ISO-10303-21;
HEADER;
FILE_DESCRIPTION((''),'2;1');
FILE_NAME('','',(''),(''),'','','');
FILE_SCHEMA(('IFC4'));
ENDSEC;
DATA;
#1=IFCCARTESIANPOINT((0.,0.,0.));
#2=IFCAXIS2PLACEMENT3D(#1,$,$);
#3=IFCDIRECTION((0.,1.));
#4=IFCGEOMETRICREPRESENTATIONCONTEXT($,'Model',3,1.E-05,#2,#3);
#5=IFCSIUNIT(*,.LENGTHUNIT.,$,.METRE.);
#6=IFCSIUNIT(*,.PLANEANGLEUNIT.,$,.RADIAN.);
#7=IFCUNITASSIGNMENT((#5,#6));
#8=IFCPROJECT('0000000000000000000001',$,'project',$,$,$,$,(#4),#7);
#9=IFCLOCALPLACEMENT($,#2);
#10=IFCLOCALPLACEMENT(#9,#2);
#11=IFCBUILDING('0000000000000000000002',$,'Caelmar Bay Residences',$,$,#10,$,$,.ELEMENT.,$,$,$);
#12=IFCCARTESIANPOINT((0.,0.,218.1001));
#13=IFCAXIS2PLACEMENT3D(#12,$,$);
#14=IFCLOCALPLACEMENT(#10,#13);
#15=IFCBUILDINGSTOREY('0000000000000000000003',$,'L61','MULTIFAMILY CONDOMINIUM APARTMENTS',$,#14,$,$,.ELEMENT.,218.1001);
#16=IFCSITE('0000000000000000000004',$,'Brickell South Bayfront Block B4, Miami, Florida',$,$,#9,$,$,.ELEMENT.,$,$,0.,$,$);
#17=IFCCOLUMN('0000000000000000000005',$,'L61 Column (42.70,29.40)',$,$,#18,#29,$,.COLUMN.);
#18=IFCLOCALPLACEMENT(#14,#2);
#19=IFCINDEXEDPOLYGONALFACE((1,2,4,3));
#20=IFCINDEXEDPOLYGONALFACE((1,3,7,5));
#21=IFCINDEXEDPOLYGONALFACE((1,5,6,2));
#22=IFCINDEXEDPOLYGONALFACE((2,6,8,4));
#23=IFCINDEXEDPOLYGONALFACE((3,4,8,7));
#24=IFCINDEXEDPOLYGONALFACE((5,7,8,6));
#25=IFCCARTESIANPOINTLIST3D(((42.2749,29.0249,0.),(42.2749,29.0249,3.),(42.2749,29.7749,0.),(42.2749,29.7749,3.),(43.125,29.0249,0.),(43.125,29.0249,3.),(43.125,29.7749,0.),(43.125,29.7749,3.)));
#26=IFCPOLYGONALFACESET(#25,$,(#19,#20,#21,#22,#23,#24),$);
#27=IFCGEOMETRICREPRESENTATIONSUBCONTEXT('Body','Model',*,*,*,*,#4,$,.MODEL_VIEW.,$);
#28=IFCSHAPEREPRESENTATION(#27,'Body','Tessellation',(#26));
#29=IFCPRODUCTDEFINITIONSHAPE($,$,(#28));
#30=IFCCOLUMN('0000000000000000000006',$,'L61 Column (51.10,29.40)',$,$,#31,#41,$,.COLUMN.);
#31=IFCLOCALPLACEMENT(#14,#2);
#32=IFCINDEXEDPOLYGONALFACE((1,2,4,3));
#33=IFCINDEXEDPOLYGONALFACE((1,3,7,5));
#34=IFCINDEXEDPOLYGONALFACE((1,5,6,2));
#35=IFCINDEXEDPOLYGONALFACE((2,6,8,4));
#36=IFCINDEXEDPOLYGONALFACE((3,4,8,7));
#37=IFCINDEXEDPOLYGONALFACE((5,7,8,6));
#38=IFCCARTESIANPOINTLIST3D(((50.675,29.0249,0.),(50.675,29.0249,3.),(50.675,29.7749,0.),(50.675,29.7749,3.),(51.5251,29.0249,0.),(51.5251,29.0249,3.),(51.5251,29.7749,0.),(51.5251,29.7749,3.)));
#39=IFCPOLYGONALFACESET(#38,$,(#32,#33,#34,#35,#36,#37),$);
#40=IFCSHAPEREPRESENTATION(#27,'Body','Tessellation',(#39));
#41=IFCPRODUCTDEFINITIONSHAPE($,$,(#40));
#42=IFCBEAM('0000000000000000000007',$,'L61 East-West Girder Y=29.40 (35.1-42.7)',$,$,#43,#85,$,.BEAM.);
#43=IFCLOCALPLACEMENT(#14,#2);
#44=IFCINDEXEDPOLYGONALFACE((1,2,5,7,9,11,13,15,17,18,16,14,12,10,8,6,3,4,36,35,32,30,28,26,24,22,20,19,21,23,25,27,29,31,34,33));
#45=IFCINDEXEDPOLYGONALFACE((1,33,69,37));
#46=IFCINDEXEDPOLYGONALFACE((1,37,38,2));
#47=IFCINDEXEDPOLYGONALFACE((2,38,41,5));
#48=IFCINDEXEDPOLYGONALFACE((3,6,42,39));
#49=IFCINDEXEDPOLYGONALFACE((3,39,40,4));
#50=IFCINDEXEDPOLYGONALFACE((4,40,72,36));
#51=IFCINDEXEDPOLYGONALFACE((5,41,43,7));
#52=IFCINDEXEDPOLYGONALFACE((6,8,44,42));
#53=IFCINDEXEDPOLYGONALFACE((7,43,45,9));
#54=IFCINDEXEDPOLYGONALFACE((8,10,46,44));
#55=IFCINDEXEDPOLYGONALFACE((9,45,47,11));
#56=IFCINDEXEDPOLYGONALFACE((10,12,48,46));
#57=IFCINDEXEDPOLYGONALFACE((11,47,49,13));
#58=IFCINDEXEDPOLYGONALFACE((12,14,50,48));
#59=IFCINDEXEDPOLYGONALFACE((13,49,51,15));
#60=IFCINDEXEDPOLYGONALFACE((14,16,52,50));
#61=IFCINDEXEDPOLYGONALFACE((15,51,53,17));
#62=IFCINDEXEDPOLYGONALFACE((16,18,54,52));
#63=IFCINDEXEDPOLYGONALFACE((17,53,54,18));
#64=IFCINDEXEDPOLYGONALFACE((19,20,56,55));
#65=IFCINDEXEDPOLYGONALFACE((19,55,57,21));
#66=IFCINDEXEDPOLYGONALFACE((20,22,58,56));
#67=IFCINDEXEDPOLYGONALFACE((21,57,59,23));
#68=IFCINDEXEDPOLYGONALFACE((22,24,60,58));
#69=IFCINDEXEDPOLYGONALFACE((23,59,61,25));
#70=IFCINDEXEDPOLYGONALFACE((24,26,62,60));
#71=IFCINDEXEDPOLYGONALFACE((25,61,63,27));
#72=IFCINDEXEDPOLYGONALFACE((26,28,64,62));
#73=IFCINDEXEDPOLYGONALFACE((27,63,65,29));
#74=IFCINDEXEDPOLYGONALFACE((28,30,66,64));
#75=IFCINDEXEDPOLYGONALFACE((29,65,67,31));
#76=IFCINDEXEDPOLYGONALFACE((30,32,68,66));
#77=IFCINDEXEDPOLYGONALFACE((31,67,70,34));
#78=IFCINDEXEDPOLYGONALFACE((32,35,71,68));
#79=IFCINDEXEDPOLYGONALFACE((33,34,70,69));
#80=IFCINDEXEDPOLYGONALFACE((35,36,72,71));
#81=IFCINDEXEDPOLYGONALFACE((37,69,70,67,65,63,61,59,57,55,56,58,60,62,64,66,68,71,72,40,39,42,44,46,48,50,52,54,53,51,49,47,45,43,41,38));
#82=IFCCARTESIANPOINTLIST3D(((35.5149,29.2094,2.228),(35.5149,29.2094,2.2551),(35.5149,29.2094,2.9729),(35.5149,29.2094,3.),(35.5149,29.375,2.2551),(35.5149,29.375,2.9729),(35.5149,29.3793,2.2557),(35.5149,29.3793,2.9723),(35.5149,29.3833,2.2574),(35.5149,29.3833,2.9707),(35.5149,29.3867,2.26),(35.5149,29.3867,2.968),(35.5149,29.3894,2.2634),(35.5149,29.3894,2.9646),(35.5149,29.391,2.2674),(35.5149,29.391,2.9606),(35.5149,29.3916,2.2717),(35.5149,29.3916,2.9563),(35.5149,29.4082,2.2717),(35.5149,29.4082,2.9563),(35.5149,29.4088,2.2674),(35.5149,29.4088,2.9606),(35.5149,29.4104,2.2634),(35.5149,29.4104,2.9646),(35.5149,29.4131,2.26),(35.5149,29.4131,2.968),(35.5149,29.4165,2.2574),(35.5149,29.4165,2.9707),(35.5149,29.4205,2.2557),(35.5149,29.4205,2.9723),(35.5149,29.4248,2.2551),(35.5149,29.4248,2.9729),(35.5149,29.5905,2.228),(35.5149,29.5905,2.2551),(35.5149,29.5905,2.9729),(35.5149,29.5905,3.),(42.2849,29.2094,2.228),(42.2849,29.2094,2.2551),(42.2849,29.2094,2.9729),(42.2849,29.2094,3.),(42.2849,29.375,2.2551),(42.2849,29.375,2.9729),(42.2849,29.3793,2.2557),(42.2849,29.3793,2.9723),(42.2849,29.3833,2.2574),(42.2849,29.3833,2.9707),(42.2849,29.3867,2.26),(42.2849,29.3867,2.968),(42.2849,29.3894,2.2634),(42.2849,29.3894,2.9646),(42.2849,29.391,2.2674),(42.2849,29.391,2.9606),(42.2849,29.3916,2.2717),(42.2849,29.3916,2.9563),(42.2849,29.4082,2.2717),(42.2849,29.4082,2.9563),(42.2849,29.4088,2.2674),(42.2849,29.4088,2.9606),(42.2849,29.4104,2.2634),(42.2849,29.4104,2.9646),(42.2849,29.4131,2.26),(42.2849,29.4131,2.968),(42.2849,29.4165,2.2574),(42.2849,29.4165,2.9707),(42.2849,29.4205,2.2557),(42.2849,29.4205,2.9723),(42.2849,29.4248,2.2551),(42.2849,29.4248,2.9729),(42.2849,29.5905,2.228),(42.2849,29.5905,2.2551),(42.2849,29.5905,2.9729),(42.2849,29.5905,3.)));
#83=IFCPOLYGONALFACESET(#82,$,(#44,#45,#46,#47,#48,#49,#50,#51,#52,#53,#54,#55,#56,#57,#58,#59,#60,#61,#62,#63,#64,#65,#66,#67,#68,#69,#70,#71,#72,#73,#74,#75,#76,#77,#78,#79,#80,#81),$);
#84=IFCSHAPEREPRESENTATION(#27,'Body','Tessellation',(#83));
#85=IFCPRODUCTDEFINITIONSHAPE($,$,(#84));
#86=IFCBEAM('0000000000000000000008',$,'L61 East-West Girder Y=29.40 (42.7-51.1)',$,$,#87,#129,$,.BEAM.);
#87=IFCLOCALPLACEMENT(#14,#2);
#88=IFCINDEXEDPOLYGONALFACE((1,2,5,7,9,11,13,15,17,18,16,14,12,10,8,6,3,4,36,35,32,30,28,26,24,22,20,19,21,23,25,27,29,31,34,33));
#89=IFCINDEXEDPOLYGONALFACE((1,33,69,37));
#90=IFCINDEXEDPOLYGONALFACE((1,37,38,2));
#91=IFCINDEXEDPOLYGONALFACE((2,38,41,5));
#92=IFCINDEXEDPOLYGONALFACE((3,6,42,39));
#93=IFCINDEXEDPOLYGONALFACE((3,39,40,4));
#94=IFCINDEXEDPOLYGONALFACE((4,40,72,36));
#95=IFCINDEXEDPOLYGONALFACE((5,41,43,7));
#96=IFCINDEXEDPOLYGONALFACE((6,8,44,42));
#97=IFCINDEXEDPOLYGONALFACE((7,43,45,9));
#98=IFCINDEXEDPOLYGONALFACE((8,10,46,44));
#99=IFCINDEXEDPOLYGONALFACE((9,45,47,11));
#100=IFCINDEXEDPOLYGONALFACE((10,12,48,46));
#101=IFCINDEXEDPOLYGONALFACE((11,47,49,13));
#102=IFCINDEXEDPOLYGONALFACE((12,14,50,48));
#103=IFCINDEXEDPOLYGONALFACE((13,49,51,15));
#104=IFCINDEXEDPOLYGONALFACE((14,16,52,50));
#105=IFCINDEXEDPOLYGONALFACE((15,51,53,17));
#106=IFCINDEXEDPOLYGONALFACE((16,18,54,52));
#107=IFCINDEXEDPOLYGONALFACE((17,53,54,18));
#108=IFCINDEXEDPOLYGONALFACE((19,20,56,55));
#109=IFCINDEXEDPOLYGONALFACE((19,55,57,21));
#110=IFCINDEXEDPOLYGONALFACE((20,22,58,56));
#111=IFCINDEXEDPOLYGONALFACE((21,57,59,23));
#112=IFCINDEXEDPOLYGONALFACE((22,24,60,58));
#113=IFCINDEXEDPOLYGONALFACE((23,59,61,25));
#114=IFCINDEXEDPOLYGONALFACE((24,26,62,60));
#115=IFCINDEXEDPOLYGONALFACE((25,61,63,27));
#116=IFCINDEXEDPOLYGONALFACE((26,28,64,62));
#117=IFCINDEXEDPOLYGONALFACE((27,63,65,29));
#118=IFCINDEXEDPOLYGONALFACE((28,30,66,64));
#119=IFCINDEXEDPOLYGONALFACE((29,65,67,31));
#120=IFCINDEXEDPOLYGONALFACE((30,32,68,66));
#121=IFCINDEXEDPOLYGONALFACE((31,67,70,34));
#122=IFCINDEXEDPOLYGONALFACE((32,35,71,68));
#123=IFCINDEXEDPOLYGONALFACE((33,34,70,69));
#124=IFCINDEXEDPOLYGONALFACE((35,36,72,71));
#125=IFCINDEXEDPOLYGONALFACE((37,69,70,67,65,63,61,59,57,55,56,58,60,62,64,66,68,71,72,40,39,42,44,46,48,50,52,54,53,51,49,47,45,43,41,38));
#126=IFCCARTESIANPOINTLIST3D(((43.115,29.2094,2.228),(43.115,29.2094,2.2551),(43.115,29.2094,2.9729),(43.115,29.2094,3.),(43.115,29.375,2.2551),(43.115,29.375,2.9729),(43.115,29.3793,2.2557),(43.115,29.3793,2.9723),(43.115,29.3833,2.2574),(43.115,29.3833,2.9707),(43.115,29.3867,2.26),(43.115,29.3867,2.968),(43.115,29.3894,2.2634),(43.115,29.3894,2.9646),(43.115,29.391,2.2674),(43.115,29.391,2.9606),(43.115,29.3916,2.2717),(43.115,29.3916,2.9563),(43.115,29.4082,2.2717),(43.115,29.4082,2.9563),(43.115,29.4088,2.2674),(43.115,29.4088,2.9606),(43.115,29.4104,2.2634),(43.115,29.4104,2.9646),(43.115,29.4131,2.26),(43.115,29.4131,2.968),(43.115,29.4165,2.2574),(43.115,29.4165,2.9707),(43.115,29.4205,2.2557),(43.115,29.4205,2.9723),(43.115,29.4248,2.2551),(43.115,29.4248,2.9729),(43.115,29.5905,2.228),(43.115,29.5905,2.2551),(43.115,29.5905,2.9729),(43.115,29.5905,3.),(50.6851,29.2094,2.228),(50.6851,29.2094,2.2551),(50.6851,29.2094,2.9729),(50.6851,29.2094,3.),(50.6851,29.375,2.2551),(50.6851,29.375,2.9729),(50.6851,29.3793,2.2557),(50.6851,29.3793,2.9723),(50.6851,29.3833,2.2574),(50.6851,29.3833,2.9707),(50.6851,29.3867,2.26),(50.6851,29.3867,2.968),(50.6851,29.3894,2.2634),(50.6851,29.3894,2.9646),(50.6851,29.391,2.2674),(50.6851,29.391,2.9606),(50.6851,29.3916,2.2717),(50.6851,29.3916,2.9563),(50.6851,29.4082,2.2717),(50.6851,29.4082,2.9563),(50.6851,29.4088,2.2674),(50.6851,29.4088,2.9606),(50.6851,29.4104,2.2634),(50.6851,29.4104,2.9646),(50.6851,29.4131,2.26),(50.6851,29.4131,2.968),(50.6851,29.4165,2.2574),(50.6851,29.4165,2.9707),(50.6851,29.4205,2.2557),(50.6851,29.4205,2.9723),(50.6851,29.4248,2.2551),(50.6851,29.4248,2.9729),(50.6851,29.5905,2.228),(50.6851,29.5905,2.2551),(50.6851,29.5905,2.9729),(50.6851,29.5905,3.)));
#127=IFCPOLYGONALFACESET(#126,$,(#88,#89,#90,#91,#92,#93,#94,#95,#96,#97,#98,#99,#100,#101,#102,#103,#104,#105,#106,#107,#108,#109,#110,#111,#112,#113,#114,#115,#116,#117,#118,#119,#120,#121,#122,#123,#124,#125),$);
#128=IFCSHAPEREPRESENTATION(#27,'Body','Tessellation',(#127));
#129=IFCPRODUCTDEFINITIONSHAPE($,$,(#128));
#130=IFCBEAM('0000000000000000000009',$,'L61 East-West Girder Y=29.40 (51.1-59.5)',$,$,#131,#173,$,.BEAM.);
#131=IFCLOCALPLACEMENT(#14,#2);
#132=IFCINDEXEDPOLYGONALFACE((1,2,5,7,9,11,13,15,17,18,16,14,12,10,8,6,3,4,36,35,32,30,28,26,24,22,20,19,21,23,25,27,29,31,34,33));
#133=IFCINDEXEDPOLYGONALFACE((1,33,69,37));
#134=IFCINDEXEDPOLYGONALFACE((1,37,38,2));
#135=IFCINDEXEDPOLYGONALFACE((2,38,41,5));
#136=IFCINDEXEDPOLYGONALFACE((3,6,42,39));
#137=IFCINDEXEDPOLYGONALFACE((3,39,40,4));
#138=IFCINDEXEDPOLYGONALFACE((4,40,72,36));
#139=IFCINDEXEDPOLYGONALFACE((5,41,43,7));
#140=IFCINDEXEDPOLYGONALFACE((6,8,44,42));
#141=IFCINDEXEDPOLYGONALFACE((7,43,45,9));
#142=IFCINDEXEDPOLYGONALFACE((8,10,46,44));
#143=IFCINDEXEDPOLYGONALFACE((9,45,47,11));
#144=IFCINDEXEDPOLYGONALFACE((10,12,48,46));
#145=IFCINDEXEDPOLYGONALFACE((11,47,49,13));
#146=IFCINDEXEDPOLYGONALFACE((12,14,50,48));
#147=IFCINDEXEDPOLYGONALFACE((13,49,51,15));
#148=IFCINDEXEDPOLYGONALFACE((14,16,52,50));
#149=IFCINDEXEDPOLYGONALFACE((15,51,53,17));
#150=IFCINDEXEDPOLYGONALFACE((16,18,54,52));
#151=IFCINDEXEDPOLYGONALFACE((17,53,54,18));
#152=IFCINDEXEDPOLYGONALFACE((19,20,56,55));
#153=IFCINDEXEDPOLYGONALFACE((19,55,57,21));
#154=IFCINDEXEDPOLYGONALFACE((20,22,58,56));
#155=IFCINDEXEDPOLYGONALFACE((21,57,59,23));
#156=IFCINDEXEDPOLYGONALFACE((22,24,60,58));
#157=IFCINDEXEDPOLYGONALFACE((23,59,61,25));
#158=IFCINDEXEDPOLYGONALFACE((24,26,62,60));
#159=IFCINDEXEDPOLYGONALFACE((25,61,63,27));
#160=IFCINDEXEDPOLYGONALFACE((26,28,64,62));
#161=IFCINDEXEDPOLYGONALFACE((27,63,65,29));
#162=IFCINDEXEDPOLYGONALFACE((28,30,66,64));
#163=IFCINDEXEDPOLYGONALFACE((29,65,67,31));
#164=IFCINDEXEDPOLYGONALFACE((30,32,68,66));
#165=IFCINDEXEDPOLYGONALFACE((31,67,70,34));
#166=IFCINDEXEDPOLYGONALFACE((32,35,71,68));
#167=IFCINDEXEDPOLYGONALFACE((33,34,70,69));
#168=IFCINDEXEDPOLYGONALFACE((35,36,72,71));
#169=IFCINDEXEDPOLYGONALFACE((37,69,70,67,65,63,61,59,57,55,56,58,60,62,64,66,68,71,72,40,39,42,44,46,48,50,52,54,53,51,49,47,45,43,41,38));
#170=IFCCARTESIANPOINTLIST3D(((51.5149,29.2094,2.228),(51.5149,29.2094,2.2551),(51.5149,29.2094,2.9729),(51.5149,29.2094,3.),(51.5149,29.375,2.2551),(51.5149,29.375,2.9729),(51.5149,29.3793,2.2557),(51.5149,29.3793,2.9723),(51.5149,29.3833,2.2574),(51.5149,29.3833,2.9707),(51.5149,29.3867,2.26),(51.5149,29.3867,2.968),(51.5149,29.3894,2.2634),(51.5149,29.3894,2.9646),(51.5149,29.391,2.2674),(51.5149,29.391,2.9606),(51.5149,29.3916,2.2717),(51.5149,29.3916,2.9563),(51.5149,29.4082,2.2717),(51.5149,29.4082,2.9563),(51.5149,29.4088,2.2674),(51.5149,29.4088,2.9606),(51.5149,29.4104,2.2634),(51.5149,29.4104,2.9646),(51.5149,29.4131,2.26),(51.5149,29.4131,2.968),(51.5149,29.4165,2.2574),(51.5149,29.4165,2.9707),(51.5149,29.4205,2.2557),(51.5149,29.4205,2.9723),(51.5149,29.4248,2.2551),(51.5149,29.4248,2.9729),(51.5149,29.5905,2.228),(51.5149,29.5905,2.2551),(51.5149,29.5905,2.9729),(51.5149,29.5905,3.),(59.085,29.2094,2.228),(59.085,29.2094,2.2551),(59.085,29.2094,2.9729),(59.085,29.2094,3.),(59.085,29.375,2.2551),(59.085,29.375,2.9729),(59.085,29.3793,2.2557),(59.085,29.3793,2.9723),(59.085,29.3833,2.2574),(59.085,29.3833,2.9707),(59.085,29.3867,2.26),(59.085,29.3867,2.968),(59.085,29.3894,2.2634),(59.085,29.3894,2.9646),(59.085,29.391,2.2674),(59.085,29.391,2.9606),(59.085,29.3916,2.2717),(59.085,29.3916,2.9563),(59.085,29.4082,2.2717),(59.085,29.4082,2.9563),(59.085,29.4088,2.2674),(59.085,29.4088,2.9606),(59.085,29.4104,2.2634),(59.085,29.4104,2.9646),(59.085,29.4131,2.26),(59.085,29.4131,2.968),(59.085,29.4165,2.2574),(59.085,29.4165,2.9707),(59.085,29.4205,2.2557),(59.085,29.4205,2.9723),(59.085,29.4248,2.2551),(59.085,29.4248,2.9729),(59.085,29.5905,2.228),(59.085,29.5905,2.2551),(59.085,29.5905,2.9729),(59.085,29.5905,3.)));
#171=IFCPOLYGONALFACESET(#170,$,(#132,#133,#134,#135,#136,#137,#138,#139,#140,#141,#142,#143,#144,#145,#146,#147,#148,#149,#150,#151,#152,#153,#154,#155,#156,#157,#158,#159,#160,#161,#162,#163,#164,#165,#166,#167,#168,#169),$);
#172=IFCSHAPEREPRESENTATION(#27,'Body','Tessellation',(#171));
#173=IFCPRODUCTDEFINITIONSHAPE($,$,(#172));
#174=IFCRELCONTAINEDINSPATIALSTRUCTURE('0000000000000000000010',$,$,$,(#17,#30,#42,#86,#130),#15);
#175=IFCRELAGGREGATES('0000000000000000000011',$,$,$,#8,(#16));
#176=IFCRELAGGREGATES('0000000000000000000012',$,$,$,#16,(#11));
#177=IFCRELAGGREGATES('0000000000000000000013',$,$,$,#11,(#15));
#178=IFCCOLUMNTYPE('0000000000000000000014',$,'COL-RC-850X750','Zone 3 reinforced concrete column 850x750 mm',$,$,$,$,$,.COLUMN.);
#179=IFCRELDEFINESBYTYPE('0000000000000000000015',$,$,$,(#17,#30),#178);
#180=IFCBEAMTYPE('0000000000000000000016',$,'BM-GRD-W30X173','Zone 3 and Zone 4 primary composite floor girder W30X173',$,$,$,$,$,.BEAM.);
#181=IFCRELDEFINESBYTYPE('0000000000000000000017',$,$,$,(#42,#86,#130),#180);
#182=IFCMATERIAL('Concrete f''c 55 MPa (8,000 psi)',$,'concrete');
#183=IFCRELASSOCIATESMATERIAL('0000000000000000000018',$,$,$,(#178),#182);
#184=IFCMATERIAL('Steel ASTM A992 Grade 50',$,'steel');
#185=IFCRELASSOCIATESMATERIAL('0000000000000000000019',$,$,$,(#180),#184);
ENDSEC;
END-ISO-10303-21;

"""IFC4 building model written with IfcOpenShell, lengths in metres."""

from ifc_helpers import new_model, si_unit, direction, frame, origin, origin_2d, place, context, subcontext, project, spatial, rectangle, i_section, extrude, material, material_profile, profile_set, type_object, element, save


model = new_model("IFC4")

# Units and contexts
model_context = context("Model", 3, precision=1e-05, world=origin(), true_north=direction((0.0, 1.0)))
body_context = subcontext(model_context, "Body", "Model", "MODEL_VIEW")
ifc_project = project(units=[si_unit("LENGTHUNIT", "METRE"), si_unit("PLANEANGLEUNIT", "RADIAN")], contexts=[model_context])

# Site, building, storey
site_placement = place(None, origin())
site = spatial("IfcSite", under=ifc_project, at=site_placement, Name="Brickell South Bayfront Block B4, Miami, Florida", CompositionType="ELEMENT", RefElevation=0.0)
building_placement = place(site_placement, origin())
building = spatial("IfcBuilding", under=site, at=building_placement, Name="Caelmar Bay Residences", CompositionType="ELEMENT")
storey_placement = place(building_placement, frame((0.0, 0.0, 218.1001)))
storey = spatial("IfcBuildingStorey", under=building, at=storey_placement, Name="L61", Description="MULTIFAMILY CONDOMINIUM APARTMENTS", CompositionType="ELEMENT", Elevation=218.1001)

# Columns
ifc_material_1 = material(Name="Concrete f'c 55 MPa (8,000 psi)", Category="concrete")
ifc_material_profile_1 = material_profile(ifc_material_1, rectangle(XDim=0.8501, YDim=0.75, at=origin_2d()), Name="RC-COL-850X750")
ifc_profile_set_1 = profile_set([ifc_material_profile_1], Name="Concrete f'c 55 MPa (8,000 psi)")
column_type = type_object("IfcColumnType", Name="COL-RC-850X750", Description="Zone 3 reinforced concrete column 850x750 mm", PredefinedType="COLUMN", material=ifc_profile_set_1)
for number, where, z_axis, x_axis, name in (
    (1, (42.7, 29.3999, 0.0), (0.0, 0.0, 1.0), (1.0, 0.0, 0.0), "L61 Column (42.70,29.40)"),
    (2, (51.1001, 29.3999, 0.0), (0.0, 0.0, 1.0), (1.0, 0.0, 0.0), "L61 Column (51.10,29.40)"),
):
    element("IfcColumn", number, at=place(storey_placement, frame(where, z_axis=z_axis, x_axis=x_axis)), inside=storey, type_object=column_type, Name=name, PredefinedType="COLUMN", context=body_context, shape_type="SweptSolid", body=[
        extrude(rectangle(XDim=0.8501, YDim=0.75, at=origin_2d()), origin(), (0.0, 0.0, 1.0), 3.0),
    ])

# Beams
ifc_material_2 = material(Name="Steel ASTM A992 Grade 50", Category="steel")
ifc_material_profile_2 = material_profile(ifc_material_2, i_section(OverallWidth=0.3811, OverallDepth=0.772, WebThickness=0.0166, FlangeThickness=0.0271, FilletRadius=0.0166, at=origin_2d()), Name="W30X173")
ifc_profile_set_2 = profile_set([ifc_material_profile_2], Name="Steel ASTM A992 Grade 50")
beam_type_1 = type_object("IfcBeamType", Name="BM-GRD-W30X173", Description="Zone 3 and Zone 4 primary composite floor girder W30X173", PredefinedType="BEAM", material=ifc_profile_set_2)
beam_1_placement = place(storey_placement, frame((35.5149, 29.3999, 2.614), z_axis=(1.0, 0.0, 0.0), x_axis=(0.0, 1.0, 0.0)))
element("IfcBeam", 3, at=beam_1_placement, inside=storey, type_object=beam_type_1, Name="L61 East-West Girder Y=29.40 (35.1-42.7)", PredefinedType="BEAM", context=body_context, shape_type="SweptSolid", body=[
    extrude(i_section(OverallWidth=0.3811, OverallDepth=0.772, WebThickness=0.0166, FlangeThickness=0.0271, FilletRadius=0.0166, at=origin_2d()), origin(), (0.0, 0.0, 1.0), 6.77),
])
for number, where, z_axis, x_axis, name in (
    (4, (43.115, 29.3999, 2.614), (1.0, 0.0, 0.0), (0.0, 1.0, 0.0), "L61 East-West Girder Y=29.40 (42.7-51.1)"),
    (5, (51.5149, 29.3999, 2.614), (1.0, 0.0, 0.0), (0.0, 1.0, 0.0), "L61 East-West Girder Y=29.40 (51.1-59.5)"),
):
    element("IfcBeam", number, at=place(storey_placement, frame(where, z_axis=z_axis, x_axis=x_axis)), inside=storey, type_object=beam_type_1, Name=name, PredefinedType="BEAM", context=body_context, shape_type="SweptSolid", body=[
        extrude(i_section(OverallWidth=0.3811, OverallDepth=0.772, WebThickness=0.0166, FlangeThickness=0.0271, FilletRadius=0.0166, at=origin_2d()), origin(), (0.0, 0.0, 1.0), 7.5701),
    ])

save(model, "model.ifc")
